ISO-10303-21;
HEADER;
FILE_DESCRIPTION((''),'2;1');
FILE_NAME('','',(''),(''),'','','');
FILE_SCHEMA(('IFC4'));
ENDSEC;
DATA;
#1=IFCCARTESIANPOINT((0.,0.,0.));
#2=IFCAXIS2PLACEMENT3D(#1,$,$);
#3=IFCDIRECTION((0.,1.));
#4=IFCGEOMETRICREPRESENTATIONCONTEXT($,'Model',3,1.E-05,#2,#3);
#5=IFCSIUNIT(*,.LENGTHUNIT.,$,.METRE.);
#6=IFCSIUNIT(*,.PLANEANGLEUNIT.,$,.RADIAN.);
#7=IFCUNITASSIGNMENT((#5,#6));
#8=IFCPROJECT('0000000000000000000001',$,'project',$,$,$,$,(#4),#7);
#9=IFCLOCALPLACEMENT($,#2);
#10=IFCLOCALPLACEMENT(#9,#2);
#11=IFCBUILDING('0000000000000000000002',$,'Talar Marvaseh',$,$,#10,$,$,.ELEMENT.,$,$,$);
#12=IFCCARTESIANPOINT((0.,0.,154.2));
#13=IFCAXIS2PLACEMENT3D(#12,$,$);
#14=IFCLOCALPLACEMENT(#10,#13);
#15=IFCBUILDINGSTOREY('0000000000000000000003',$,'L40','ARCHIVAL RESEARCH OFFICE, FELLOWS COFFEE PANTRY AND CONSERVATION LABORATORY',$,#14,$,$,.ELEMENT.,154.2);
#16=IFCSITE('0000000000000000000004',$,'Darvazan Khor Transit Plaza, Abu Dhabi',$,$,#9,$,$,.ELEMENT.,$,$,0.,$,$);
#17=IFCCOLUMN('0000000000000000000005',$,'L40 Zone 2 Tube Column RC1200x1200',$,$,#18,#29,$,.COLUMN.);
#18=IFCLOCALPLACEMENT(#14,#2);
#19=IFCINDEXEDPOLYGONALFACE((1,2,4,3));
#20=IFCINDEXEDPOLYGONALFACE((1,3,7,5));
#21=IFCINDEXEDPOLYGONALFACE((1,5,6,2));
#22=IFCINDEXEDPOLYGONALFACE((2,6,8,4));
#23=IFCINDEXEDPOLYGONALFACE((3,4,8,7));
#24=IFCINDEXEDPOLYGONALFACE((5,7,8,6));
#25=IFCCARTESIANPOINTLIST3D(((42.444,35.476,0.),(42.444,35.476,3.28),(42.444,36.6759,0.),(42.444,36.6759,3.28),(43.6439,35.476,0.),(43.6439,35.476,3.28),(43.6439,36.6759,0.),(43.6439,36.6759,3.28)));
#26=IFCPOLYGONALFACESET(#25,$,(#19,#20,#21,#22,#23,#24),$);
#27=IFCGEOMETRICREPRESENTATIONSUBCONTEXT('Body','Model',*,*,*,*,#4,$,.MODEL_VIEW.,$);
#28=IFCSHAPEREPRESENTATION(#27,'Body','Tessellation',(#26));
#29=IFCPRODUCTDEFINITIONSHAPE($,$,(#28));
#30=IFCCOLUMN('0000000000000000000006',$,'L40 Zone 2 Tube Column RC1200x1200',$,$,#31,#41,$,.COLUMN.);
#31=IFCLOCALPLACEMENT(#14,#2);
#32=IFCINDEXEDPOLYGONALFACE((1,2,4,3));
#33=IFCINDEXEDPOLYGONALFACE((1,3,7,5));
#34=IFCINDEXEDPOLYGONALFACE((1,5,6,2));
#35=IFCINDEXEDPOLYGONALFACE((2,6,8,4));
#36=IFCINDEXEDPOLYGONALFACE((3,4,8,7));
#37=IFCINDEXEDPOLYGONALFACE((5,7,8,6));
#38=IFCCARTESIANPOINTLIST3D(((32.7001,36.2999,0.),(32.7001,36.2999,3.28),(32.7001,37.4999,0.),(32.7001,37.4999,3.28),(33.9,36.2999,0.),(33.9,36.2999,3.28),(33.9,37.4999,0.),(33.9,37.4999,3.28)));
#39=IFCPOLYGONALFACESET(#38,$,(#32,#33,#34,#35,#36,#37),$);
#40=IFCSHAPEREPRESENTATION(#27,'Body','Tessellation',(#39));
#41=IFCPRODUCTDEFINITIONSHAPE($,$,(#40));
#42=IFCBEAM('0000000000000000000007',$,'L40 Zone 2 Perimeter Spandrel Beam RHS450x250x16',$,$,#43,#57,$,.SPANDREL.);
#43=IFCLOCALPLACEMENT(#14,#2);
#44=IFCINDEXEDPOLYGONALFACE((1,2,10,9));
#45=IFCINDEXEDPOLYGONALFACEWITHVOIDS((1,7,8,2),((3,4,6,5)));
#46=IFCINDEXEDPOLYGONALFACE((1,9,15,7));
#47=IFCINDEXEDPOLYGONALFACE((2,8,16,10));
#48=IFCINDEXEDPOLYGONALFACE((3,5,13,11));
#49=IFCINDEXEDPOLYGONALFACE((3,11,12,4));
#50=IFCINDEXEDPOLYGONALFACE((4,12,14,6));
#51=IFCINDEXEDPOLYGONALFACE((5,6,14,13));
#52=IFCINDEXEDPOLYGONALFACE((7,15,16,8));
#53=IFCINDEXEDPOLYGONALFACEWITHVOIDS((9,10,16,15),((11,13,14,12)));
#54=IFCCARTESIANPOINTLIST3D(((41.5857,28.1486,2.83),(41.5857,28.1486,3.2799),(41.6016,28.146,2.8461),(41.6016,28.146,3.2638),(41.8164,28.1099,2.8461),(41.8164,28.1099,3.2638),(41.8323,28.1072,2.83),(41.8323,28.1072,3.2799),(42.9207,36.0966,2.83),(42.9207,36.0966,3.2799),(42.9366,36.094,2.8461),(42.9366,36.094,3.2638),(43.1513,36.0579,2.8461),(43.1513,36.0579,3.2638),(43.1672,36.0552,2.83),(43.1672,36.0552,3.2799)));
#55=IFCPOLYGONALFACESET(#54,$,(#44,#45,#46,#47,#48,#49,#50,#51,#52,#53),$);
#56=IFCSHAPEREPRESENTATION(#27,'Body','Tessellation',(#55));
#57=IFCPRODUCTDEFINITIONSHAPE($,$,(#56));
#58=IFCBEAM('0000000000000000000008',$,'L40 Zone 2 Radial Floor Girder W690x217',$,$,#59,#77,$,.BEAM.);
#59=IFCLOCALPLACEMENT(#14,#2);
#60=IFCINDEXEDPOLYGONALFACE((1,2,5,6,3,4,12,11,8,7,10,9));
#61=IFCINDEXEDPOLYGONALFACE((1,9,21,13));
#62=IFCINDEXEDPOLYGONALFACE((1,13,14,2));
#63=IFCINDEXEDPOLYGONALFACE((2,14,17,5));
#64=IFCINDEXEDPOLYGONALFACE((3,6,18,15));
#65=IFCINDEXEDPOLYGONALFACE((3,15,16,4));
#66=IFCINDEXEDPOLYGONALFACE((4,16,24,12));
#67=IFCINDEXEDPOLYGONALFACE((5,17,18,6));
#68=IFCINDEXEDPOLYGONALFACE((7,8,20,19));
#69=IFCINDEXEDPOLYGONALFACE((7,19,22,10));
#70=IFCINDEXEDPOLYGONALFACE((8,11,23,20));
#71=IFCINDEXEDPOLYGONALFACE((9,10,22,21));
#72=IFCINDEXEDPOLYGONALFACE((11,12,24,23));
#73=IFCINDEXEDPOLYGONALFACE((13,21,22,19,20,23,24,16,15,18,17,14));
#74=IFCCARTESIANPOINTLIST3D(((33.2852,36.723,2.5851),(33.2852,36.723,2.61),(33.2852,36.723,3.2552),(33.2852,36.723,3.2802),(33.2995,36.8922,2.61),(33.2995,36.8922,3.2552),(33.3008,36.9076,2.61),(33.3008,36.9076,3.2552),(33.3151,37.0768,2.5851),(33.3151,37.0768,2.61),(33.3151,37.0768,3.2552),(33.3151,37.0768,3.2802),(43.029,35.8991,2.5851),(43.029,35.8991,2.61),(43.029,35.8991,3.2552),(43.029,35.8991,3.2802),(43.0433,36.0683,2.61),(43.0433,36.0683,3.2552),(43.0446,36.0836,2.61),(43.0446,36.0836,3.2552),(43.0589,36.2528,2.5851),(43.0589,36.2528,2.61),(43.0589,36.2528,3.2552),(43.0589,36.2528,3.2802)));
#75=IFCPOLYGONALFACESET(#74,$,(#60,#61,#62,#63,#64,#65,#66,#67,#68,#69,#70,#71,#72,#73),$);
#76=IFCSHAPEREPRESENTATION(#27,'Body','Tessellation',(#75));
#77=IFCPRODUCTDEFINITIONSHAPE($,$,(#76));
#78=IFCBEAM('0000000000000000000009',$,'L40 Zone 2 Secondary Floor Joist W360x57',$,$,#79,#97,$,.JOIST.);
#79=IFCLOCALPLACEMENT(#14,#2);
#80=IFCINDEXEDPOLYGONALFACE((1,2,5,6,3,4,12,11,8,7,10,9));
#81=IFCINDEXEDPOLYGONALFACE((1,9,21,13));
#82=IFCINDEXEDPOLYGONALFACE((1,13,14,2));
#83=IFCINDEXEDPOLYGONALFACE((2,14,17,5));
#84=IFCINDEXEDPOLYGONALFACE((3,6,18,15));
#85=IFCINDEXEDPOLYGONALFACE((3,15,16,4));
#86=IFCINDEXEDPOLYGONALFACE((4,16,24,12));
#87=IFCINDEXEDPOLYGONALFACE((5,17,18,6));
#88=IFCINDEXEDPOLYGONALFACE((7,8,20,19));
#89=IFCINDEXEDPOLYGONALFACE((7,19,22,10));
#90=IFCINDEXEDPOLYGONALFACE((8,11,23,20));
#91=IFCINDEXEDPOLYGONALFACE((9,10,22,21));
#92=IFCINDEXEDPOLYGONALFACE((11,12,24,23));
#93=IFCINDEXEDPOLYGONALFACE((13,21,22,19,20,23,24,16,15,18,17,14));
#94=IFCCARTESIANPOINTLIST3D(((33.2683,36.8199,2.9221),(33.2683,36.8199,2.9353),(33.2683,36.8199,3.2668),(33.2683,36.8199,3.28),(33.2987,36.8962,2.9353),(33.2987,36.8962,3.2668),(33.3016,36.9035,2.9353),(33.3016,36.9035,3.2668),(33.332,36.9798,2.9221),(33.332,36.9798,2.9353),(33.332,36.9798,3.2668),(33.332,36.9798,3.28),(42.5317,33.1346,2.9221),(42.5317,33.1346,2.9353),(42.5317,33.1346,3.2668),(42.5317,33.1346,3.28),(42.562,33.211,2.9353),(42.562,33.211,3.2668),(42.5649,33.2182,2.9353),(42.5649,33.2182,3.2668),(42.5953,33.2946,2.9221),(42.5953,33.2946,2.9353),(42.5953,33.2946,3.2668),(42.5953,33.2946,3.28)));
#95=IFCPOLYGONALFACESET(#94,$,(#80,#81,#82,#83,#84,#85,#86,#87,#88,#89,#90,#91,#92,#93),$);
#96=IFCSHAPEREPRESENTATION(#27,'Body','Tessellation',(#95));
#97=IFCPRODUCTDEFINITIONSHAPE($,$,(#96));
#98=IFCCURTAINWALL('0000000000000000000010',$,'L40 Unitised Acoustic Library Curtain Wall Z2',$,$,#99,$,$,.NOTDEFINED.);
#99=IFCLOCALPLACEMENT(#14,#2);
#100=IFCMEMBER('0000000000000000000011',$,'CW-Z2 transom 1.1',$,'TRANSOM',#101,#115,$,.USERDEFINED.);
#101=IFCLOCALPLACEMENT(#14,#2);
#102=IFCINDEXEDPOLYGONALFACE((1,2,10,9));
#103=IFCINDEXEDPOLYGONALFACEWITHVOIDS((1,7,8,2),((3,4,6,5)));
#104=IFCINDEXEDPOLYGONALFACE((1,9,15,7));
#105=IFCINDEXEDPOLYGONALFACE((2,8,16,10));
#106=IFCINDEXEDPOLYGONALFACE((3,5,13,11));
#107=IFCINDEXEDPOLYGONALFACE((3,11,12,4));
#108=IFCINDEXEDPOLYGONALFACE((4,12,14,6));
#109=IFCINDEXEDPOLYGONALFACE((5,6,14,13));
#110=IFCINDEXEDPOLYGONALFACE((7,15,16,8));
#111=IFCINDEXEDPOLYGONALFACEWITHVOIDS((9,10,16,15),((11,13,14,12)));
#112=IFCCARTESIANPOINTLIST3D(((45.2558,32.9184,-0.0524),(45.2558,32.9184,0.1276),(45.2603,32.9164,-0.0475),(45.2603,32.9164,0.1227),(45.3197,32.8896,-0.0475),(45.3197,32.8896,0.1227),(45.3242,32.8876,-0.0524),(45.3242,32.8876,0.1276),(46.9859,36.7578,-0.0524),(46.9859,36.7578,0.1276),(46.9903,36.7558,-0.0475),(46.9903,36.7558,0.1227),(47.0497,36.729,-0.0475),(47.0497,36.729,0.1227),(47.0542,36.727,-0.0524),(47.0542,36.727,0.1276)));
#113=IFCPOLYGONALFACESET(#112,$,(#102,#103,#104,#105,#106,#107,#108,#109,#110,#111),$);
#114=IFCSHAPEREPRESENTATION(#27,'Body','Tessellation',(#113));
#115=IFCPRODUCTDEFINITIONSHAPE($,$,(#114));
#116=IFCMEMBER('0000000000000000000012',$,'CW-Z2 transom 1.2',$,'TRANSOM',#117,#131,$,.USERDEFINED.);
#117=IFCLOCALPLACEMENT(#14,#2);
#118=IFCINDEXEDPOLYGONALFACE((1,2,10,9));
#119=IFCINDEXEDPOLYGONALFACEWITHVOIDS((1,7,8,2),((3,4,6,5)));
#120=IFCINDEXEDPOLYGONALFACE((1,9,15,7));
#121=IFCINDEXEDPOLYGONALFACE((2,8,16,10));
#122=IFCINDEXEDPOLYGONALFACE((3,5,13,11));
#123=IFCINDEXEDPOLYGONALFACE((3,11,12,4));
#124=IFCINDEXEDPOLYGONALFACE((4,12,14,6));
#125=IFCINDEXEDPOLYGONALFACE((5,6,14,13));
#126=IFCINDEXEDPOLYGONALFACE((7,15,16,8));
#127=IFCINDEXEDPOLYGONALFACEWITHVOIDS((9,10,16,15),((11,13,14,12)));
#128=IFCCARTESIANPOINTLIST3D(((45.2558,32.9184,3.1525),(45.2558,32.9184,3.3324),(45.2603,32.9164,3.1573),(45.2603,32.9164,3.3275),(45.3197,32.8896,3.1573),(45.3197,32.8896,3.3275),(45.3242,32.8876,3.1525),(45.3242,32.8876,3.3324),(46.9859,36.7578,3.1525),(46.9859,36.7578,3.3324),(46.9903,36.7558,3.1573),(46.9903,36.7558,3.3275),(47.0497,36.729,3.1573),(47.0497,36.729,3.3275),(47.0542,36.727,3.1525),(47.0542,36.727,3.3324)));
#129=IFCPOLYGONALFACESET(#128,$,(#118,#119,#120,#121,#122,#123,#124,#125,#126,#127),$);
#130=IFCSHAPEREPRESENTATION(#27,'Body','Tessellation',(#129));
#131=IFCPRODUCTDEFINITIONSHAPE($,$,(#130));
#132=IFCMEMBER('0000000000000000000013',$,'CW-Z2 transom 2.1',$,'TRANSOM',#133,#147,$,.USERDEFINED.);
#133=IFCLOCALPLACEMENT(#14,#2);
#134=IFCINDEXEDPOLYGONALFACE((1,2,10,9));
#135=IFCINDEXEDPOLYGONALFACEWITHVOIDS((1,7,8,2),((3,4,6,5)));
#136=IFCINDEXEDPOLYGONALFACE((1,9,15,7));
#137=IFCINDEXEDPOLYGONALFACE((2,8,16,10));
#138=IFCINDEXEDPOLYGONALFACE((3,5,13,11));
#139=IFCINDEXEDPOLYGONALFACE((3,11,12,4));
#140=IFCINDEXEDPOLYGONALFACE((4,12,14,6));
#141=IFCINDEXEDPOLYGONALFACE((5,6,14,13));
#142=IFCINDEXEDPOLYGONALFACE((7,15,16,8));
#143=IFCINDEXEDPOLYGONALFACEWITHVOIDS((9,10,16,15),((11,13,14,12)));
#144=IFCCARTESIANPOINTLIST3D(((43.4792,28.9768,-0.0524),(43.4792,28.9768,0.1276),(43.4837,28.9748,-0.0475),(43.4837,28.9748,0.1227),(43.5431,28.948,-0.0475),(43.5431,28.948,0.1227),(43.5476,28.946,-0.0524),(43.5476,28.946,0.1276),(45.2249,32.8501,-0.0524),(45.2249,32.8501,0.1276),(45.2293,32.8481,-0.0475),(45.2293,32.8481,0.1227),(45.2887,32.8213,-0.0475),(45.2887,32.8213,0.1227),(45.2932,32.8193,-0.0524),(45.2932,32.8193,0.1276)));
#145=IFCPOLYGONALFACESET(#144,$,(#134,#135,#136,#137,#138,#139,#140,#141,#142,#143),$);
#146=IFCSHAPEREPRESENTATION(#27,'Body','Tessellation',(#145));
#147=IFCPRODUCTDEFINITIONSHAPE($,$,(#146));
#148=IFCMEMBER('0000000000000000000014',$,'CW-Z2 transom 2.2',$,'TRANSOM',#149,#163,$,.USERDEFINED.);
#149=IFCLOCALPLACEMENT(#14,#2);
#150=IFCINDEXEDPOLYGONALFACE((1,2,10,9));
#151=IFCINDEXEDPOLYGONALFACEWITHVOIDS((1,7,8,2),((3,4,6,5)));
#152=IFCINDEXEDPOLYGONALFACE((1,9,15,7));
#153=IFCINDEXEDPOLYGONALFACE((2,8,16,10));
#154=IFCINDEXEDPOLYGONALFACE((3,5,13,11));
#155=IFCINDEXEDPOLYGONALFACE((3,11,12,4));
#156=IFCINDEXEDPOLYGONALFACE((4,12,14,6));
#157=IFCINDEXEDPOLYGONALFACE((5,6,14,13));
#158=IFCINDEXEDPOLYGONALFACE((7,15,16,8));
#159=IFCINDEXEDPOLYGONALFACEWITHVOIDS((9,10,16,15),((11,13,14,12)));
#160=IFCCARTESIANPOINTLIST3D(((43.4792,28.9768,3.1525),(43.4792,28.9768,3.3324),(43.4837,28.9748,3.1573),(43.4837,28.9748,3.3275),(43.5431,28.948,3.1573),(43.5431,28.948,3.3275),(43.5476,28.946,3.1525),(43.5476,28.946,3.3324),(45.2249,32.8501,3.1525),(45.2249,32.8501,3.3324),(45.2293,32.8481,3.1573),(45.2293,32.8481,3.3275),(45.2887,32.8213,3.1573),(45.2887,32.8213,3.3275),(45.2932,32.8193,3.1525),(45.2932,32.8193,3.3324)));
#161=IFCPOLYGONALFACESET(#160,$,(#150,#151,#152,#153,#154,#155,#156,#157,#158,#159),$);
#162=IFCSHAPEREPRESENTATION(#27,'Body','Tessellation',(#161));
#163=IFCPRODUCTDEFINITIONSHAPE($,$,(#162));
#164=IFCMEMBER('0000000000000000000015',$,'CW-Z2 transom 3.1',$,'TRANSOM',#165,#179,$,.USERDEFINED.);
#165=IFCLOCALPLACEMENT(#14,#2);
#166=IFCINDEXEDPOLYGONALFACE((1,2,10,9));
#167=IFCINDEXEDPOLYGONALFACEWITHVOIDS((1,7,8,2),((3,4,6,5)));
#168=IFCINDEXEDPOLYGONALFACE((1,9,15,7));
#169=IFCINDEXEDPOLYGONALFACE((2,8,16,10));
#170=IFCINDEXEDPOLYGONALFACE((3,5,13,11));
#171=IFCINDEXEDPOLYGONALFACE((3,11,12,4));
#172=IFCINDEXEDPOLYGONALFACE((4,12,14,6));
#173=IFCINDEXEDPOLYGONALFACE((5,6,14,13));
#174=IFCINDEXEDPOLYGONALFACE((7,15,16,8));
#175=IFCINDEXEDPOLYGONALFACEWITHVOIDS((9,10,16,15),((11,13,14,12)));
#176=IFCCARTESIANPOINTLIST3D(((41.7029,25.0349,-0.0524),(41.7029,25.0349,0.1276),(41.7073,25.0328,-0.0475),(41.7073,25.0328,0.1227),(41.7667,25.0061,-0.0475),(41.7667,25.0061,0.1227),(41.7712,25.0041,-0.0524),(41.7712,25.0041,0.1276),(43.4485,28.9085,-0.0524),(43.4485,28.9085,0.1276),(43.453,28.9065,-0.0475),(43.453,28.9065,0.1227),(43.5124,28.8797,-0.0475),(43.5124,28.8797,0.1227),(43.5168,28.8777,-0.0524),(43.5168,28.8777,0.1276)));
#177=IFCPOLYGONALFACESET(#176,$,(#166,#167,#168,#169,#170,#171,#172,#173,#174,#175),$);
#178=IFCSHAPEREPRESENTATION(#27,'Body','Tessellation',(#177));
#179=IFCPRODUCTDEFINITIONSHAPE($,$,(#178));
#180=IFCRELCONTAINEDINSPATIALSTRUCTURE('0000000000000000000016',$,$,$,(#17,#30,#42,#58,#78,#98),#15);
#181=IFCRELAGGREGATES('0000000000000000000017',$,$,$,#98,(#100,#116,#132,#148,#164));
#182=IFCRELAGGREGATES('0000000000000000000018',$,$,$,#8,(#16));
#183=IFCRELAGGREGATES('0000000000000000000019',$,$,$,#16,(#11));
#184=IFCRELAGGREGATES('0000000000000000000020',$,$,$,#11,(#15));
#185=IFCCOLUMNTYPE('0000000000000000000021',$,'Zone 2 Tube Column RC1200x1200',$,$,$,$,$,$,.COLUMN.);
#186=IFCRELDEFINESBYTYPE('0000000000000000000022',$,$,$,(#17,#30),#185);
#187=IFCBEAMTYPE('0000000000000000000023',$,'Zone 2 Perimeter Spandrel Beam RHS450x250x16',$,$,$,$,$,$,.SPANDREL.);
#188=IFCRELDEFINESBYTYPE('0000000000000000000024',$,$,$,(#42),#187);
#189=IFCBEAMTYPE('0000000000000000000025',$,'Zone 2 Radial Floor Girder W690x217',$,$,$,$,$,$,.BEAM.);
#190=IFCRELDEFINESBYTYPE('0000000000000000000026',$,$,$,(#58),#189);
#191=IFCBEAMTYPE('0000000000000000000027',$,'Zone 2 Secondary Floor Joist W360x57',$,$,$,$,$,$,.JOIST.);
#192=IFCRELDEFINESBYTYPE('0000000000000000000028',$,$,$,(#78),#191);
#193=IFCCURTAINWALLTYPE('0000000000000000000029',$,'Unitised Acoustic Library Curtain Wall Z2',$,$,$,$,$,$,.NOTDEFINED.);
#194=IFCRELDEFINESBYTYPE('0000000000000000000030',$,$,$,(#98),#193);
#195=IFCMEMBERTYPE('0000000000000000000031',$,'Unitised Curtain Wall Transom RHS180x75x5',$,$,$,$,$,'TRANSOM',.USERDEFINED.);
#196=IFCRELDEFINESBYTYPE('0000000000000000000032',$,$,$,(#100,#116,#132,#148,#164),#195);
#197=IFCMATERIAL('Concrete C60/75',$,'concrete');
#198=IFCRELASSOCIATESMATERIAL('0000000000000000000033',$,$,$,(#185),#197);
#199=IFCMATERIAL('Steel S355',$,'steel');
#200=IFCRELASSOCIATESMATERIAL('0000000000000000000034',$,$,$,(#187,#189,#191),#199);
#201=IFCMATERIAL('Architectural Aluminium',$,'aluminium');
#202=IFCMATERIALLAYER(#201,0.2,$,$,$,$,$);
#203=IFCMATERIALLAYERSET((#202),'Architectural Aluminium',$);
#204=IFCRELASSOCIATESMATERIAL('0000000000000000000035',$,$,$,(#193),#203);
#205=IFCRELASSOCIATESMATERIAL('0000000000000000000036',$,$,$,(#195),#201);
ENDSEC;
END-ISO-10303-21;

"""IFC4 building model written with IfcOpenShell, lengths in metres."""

from ifc_helpers import new_model, si_unit, direction, frame, origin, origin_2d, place, context, subcontext, project, spatial, rectangle, hollow_rectangle, i_section, extrude, source, transform, mapped, material, layer, layer_set, material_profile, profile_set, type_object, type_shapes, element, aggregate, save


model = new_model("IFC4")

# Units and contexts
model_context = context("Model", 3, precision=1e-05, world=origin(), true_north=direction((0.0, 1.0)))
body_context = subcontext(model_context, "Body", "Model", "MODEL_VIEW")
ifc_project = project(units=[si_unit("LENGTHUNIT", "METRE"), si_unit("PLANEANGLEUNIT", "RADIAN")], contexts=[model_context])

# Site, building, storey
site_placement = place(None, origin())
site = spatial("IfcSite", under=ifc_project, at=site_placement, Name="Darvazan Khor Transit Plaza, Abu Dhabi", CompositionType="ELEMENT", RefElevation=0.0)
building_placement = place(site_placement, origin())
building = spatial("IfcBuilding", under=site, at=building_placement, Name="Talar Marvaseh", CompositionType="ELEMENT")
storey_placement = place(building_placement, frame((0.0, 0.0, 154.2)))
storey = spatial("IfcBuildingStorey", under=building, at=storey_placement, Name="L40", Description="ARCHIVAL RESEARCH OFFICE, FELLOWS COFFEE PANTRY AND CONSERVATION LABORATORY", CompositionType="ELEMENT", Elevation=154.2)

# Columns
ifc_material_1 = material(Name="Concrete C60/75", Category="concrete")
ifc_material_profile_1 = material_profile(ifc_material_1, rectangle(XDim=1.2, YDim=1.2, at=origin_2d()), Name="RC1200x1200")
ifc_profile_set_1 = profile_set([ifc_material_profile_1], Name="Concrete C60/75")
column_type = type_object("IfcColumnType", Name="Zone 2 Tube Column RC1200x1200", PredefinedType="COLUMN", material=ifc_profile_set_1)
for number, where, z_axis, x_axis, name in (
    (1, (43.0439, 36.0759, 0.0), (0.0, 0.0, 1.0), (1.0, 0.0, 0.0), "L40 Zone 2 Tube Column RC1200x1200"),
    (2, (33.3, 36.8999, 0.0), (0.0, 0.0, 1.0), (1.0, 0.0, 0.0), "L40 Zone 2 Tube Column RC1200x1200"),
):
    element("IfcColumn", number, at=place(storey_placement, frame(where, z_axis=z_axis, x_axis=x_axis)), inside=storey, type_object=column_type, Name=name, PredefinedType="COLUMN", context=body_context, shape_type="SweptSolid", body=[
        extrude(rectangle(XDim=1.2, YDim=1.2, at=origin_2d()), origin(), (0.0, 0.0, 1.0), 3.28),
    ])

# Beams
ifc_material_2 = material(Name="Steel S355", Category="steel")
ifc_material_profile_2 = material_profile(ifc_material_2, hollow_rectangle(XDim=0.25, YDim=0.45, WallThickness=0.0161, at=origin_2d()), Name="RHS450x250x16")
ifc_profile_set_2 = profile_set([ifc_material_profile_2], Name="Steel S355")
beam_type_1 = type_object("IfcBeamType", Name="Zone 2 Perimeter Spandrel Beam RHS450x250x16", PredefinedType="SPANDREL", material=ifc_profile_set_2)
beam_1_placement = place(storey_placement, frame((43.0439, 36.0759, 3.0549), z_axis=(-0.165642, -0.986186, 0.0), x_axis=(0.986186, -0.165642, 0.0)))
element("IfcBeam", 3, at=beam_1_placement, inside=storey, type_object=beam_type_1, Name="L40 Zone 2 Perimeter Spandrel Beam RHS450x250x16", PredefinedType="SPANDREL", context=body_context, shape_type="SweptSolid", body=[
    extrude(hollow_rectangle(XDim=0.25, YDim=0.45, WallThickness=0.0161, at=origin_2d()), origin(), (0.0, 0.0, 1.0), 8.0593),
])
ifc_material_profile_3 = material_profile(ifc_material_2, i_section(OverallWidth=0.355, OverallDepth=0.6951, WebThickness=0.0154, FlangeThickness=0.0249, at=origin_2d()), Name="W690x217")
ifc_profile_set_3 = profile_set([ifc_material_profile_3], Name="Steel S355")
beam_type_2 = type_object("IfcBeamType", Name="Zone 2 Radial Floor Girder W690x217", PredefinedType="BEAM", material=ifc_profile_set_3)
beam_2_placement = place(storey_placement, frame((43.0439, 36.0759, 2.9326), z_axis=(-0.996444, 0.084262, 0.0), x_axis=(-0.084262, -0.996444, 0.0)))
element("IfcBeam", 4, at=beam_2_placement, inside=storey, type_object=beam_type_2, Name="L40 Zone 2 Radial Floor Girder W690x217", PredefinedType="BEAM", context=body_context, shape_type="SweptSolid", body=[
    extrude(i_section(OverallWidth=0.355, OverallDepth=0.6951, WebThickness=0.0154, FlangeThickness=0.0249, at=origin_2d()), origin(), (0.0, 0.0, 1.0), 9.7786),
])
ifc_material_profile_4 = material_profile(ifc_material_2, i_section(OverallWidth=0.1721, OverallDepth=0.3579, WebThickness=0.0078, FlangeThickness=0.0132, at=origin_2d()), Name="W360x57")
ifc_profile_set_4 = profile_set([ifc_material_profile_4], Name="Steel S355")
beam_type_3 = type_object("IfcBeamType", Name="Zone 2 Secondary Floor Joist W360x57", PredefinedType="JOIST", material=ifc_profile_set_4)
beam_3_placement = place(storey_placement, frame((42.5635, 33.2146, 3.1011), z_axis=(-0.929169, 0.369655, 0.0), x_axis=(-0.369655, -0.929169, 0.0)))
element("IfcBeam", 5, at=beam_3_placement, inside=storey, type_object=beam_type_3, Name="L40 Zone 2 Secondary Floor Joist W360x57", PredefinedType="JOIST", context=body_context, shape_type="SweptSolid", body=[
    extrude(i_section(OverallWidth=0.1721, OverallDepth=0.3579, WebThickness=0.0078, FlangeThickness=0.0132, at=origin_2d()), origin(), (0.0, 0.0, 1.0), 9.9695),
])

# Curtain wall, members
ifc_material_3 = material(Name="Architectural Aluminium", Category="aluminium")
ifc_layer_1 = layer(ifc_material_3, 0.2)
ifc_layer_set_1 = layer_set([ifc_layer_1], Name="Architectural Aluminium")
curtain_wall_type = type_object("IfcCurtainWallType", Name="Unitised Acoustic Library Curtain Wall Z2", PredefinedType="NOTDEFINED", material=ifc_layer_set_1)
curtain_wall_placement = place(storey_placement, origin())
curtain_wall = element("IfcCurtainWall", 6, at=curtain_wall_placement, inside=storey, type_object=curtain_wall_type, Name="L40 Unitised Acoustic Library Curtain Wall Z2", PredefinedType="NOTDEFINED")
ifc_material_profile_5 = material_profile(ifc_material_3, hollow_rectangle(XDim=0.075, YDim=0.1799, WallThickness=0.0049, at=origin_2d()), Name="RHS180x75x5")
ifc_profile_set_5 = profile_set([ifc_material_profile_5], Name="Architectural Aluminium")
member_type_1 = type_object("IfcMemberType", Name="Unitised Curtain Wall Transom RHS180x75x5", ElementType="TRANSOM", PredefinedType="USERDEFINED", material=ifc_profile_set_5)
shared_shape_1 = source(origin(), body_context, "Body", "SweptSolid", [
    extrude(hollow_rectangle(XDim=0.075, YDim=0.1799, WallThickness=0.0049, at=origin_2d()), origin(), (0.0, 0.0, 1.0), 4.2112),
])
member_1_placement = place(storey_placement, frame((47.02, 36.7424, 0.0376), z_axis=(-0.410813, -0.91172, 0.0), x_axis=(0.91172, -0.410813, 0.0)))
member_1 = element("IfcMember", 7, at=member_1_placement, type_object=member_type_1, Name="CW-Z2 transom 1.1", ObjectType="TRANSOM", PredefinedType="USERDEFINED", context=body_context, shape_type="MappedRepresentation", body=[
    mapped(shared_shape_1, transform((0.0, 0.0, 0.0), x_axis=(1.0, 0.0, 0.0), y_axis=(0.0, 1.0, 0.0), z_axis=(0.0, 0.0, 1.0), scale=1.0)),
])
member_2_placement = place(storey_placement, frame((47.02, 36.7424, 3.2424), z_axis=(-0.410813, -0.91172, 0.0), x_axis=(0.91172, -0.410813, 0.0)))
member_2 = element("IfcMember", 8, at=member_2_placement, type_object=member_type_1, Name="CW-Z2 transom 1.2", ObjectType="TRANSOM", PredefinedType="USERDEFINED", context=body_context, shape_type="MappedRepresentation", body=[
    mapped(shared_shape_1, transform((0.0, 0.0, 0.0), x_axis=(1.0, 0.0, 0.0), y_axis=(0.0, 1.0, 0.0), z_axis=(0.0, 0.0, 1.0), scale=1.0)),
])
shared_shape_2 = source(origin(), body_context, "Body", "SweptSolid", [
    extrude(hollow_rectangle(XDim=0.075, YDim=0.1799, WallThickness=0.0049, at=origin_2d()), origin(), (0.0, 0.0, 1.0), 4.2485),
])
member_3_placement = place(storey_placement, frame((45.259, 32.8347, 0.0376), z_axis=(-0.410878, -0.91169, 0.0), x_axis=(0.91169, -0.410878, 0.0)))
member_3 = element("IfcMember", 9, at=member_3_placement, type_object=member_type_1, Name="CW-Z2 transom 2.1", ObjectType="TRANSOM", PredefinedType="USERDEFINED", context=body_context, shape_type="MappedRepresentation", body=[
    mapped(shared_shape_2, transform((0.0, 0.0, 0.0), x_axis=(1.0, 0.0, 0.0), y_axis=(0.0, 1.0, 0.0), z_axis=(0.0, 0.0, 1.0), scale=1.0)),
])
member_4_placement = place(storey_placement, frame((45.259, 32.8347, 3.2424), z_axis=(-0.410878, -0.91169, 0.0), x_axis=(0.91169, -0.410878, 0.0)))
member_4 = element("IfcMember", 10, at=member_4_placement, type_object=member_type_1, Name="CW-Z2 transom 2.2", ObjectType="TRANSOM", PredefinedType="USERDEFINED", context=body_context, shape_type="MappedRepresentation", body=[
    mapped(shared_shape_2, transform((0.0, 0.0, 0.0), x_axis=(1.0, 0.0, 0.0), y_axis=(0.0, 1.0, 0.0), z_axis=(0.0, 0.0, 1.0), scale=1.0)),
])
shared_shape_3 = source(origin(), body_context, "Body", "SweptSolid", [
    extrude(hollow_rectangle(XDim=0.075, YDim=0.1799, WallThickness=0.0049, at=origin_2d()), origin(), (0.0, 0.0, 1.0), 4.2488),
])
type_shapes(member_type_1, [shared_shape_1, shared_shape_2, shared_shape_3])
member_5_placement = place(storey_placement, frame((43.4827, 28.8931, 0.0376), z_axis=(-0.410857, -0.9117, 0.0), x_axis=(0.9117, -0.410857, 0.0)))
member_5 = element("IfcMember", 11, at=member_5_placement, type_object=member_type_1, Name="CW-Z2 transom 3.1", ObjectType="TRANSOM", PredefinedType="USERDEFINED", context=body_context, shape_type="MappedRepresentation", body=[
    mapped(shared_shape_3, transform((0.0, 0.0, 0.0), x_axis=(1.0, 0.0, 0.0), y_axis=(0.0, 1.0, 0.0), z_axis=(0.0, 0.0, 1.0), scale=1.0)),
])
aggregate(curtain_wall, [member_1, member_2, member_3, member_4, member_5])

save(model, "model.ifc")
